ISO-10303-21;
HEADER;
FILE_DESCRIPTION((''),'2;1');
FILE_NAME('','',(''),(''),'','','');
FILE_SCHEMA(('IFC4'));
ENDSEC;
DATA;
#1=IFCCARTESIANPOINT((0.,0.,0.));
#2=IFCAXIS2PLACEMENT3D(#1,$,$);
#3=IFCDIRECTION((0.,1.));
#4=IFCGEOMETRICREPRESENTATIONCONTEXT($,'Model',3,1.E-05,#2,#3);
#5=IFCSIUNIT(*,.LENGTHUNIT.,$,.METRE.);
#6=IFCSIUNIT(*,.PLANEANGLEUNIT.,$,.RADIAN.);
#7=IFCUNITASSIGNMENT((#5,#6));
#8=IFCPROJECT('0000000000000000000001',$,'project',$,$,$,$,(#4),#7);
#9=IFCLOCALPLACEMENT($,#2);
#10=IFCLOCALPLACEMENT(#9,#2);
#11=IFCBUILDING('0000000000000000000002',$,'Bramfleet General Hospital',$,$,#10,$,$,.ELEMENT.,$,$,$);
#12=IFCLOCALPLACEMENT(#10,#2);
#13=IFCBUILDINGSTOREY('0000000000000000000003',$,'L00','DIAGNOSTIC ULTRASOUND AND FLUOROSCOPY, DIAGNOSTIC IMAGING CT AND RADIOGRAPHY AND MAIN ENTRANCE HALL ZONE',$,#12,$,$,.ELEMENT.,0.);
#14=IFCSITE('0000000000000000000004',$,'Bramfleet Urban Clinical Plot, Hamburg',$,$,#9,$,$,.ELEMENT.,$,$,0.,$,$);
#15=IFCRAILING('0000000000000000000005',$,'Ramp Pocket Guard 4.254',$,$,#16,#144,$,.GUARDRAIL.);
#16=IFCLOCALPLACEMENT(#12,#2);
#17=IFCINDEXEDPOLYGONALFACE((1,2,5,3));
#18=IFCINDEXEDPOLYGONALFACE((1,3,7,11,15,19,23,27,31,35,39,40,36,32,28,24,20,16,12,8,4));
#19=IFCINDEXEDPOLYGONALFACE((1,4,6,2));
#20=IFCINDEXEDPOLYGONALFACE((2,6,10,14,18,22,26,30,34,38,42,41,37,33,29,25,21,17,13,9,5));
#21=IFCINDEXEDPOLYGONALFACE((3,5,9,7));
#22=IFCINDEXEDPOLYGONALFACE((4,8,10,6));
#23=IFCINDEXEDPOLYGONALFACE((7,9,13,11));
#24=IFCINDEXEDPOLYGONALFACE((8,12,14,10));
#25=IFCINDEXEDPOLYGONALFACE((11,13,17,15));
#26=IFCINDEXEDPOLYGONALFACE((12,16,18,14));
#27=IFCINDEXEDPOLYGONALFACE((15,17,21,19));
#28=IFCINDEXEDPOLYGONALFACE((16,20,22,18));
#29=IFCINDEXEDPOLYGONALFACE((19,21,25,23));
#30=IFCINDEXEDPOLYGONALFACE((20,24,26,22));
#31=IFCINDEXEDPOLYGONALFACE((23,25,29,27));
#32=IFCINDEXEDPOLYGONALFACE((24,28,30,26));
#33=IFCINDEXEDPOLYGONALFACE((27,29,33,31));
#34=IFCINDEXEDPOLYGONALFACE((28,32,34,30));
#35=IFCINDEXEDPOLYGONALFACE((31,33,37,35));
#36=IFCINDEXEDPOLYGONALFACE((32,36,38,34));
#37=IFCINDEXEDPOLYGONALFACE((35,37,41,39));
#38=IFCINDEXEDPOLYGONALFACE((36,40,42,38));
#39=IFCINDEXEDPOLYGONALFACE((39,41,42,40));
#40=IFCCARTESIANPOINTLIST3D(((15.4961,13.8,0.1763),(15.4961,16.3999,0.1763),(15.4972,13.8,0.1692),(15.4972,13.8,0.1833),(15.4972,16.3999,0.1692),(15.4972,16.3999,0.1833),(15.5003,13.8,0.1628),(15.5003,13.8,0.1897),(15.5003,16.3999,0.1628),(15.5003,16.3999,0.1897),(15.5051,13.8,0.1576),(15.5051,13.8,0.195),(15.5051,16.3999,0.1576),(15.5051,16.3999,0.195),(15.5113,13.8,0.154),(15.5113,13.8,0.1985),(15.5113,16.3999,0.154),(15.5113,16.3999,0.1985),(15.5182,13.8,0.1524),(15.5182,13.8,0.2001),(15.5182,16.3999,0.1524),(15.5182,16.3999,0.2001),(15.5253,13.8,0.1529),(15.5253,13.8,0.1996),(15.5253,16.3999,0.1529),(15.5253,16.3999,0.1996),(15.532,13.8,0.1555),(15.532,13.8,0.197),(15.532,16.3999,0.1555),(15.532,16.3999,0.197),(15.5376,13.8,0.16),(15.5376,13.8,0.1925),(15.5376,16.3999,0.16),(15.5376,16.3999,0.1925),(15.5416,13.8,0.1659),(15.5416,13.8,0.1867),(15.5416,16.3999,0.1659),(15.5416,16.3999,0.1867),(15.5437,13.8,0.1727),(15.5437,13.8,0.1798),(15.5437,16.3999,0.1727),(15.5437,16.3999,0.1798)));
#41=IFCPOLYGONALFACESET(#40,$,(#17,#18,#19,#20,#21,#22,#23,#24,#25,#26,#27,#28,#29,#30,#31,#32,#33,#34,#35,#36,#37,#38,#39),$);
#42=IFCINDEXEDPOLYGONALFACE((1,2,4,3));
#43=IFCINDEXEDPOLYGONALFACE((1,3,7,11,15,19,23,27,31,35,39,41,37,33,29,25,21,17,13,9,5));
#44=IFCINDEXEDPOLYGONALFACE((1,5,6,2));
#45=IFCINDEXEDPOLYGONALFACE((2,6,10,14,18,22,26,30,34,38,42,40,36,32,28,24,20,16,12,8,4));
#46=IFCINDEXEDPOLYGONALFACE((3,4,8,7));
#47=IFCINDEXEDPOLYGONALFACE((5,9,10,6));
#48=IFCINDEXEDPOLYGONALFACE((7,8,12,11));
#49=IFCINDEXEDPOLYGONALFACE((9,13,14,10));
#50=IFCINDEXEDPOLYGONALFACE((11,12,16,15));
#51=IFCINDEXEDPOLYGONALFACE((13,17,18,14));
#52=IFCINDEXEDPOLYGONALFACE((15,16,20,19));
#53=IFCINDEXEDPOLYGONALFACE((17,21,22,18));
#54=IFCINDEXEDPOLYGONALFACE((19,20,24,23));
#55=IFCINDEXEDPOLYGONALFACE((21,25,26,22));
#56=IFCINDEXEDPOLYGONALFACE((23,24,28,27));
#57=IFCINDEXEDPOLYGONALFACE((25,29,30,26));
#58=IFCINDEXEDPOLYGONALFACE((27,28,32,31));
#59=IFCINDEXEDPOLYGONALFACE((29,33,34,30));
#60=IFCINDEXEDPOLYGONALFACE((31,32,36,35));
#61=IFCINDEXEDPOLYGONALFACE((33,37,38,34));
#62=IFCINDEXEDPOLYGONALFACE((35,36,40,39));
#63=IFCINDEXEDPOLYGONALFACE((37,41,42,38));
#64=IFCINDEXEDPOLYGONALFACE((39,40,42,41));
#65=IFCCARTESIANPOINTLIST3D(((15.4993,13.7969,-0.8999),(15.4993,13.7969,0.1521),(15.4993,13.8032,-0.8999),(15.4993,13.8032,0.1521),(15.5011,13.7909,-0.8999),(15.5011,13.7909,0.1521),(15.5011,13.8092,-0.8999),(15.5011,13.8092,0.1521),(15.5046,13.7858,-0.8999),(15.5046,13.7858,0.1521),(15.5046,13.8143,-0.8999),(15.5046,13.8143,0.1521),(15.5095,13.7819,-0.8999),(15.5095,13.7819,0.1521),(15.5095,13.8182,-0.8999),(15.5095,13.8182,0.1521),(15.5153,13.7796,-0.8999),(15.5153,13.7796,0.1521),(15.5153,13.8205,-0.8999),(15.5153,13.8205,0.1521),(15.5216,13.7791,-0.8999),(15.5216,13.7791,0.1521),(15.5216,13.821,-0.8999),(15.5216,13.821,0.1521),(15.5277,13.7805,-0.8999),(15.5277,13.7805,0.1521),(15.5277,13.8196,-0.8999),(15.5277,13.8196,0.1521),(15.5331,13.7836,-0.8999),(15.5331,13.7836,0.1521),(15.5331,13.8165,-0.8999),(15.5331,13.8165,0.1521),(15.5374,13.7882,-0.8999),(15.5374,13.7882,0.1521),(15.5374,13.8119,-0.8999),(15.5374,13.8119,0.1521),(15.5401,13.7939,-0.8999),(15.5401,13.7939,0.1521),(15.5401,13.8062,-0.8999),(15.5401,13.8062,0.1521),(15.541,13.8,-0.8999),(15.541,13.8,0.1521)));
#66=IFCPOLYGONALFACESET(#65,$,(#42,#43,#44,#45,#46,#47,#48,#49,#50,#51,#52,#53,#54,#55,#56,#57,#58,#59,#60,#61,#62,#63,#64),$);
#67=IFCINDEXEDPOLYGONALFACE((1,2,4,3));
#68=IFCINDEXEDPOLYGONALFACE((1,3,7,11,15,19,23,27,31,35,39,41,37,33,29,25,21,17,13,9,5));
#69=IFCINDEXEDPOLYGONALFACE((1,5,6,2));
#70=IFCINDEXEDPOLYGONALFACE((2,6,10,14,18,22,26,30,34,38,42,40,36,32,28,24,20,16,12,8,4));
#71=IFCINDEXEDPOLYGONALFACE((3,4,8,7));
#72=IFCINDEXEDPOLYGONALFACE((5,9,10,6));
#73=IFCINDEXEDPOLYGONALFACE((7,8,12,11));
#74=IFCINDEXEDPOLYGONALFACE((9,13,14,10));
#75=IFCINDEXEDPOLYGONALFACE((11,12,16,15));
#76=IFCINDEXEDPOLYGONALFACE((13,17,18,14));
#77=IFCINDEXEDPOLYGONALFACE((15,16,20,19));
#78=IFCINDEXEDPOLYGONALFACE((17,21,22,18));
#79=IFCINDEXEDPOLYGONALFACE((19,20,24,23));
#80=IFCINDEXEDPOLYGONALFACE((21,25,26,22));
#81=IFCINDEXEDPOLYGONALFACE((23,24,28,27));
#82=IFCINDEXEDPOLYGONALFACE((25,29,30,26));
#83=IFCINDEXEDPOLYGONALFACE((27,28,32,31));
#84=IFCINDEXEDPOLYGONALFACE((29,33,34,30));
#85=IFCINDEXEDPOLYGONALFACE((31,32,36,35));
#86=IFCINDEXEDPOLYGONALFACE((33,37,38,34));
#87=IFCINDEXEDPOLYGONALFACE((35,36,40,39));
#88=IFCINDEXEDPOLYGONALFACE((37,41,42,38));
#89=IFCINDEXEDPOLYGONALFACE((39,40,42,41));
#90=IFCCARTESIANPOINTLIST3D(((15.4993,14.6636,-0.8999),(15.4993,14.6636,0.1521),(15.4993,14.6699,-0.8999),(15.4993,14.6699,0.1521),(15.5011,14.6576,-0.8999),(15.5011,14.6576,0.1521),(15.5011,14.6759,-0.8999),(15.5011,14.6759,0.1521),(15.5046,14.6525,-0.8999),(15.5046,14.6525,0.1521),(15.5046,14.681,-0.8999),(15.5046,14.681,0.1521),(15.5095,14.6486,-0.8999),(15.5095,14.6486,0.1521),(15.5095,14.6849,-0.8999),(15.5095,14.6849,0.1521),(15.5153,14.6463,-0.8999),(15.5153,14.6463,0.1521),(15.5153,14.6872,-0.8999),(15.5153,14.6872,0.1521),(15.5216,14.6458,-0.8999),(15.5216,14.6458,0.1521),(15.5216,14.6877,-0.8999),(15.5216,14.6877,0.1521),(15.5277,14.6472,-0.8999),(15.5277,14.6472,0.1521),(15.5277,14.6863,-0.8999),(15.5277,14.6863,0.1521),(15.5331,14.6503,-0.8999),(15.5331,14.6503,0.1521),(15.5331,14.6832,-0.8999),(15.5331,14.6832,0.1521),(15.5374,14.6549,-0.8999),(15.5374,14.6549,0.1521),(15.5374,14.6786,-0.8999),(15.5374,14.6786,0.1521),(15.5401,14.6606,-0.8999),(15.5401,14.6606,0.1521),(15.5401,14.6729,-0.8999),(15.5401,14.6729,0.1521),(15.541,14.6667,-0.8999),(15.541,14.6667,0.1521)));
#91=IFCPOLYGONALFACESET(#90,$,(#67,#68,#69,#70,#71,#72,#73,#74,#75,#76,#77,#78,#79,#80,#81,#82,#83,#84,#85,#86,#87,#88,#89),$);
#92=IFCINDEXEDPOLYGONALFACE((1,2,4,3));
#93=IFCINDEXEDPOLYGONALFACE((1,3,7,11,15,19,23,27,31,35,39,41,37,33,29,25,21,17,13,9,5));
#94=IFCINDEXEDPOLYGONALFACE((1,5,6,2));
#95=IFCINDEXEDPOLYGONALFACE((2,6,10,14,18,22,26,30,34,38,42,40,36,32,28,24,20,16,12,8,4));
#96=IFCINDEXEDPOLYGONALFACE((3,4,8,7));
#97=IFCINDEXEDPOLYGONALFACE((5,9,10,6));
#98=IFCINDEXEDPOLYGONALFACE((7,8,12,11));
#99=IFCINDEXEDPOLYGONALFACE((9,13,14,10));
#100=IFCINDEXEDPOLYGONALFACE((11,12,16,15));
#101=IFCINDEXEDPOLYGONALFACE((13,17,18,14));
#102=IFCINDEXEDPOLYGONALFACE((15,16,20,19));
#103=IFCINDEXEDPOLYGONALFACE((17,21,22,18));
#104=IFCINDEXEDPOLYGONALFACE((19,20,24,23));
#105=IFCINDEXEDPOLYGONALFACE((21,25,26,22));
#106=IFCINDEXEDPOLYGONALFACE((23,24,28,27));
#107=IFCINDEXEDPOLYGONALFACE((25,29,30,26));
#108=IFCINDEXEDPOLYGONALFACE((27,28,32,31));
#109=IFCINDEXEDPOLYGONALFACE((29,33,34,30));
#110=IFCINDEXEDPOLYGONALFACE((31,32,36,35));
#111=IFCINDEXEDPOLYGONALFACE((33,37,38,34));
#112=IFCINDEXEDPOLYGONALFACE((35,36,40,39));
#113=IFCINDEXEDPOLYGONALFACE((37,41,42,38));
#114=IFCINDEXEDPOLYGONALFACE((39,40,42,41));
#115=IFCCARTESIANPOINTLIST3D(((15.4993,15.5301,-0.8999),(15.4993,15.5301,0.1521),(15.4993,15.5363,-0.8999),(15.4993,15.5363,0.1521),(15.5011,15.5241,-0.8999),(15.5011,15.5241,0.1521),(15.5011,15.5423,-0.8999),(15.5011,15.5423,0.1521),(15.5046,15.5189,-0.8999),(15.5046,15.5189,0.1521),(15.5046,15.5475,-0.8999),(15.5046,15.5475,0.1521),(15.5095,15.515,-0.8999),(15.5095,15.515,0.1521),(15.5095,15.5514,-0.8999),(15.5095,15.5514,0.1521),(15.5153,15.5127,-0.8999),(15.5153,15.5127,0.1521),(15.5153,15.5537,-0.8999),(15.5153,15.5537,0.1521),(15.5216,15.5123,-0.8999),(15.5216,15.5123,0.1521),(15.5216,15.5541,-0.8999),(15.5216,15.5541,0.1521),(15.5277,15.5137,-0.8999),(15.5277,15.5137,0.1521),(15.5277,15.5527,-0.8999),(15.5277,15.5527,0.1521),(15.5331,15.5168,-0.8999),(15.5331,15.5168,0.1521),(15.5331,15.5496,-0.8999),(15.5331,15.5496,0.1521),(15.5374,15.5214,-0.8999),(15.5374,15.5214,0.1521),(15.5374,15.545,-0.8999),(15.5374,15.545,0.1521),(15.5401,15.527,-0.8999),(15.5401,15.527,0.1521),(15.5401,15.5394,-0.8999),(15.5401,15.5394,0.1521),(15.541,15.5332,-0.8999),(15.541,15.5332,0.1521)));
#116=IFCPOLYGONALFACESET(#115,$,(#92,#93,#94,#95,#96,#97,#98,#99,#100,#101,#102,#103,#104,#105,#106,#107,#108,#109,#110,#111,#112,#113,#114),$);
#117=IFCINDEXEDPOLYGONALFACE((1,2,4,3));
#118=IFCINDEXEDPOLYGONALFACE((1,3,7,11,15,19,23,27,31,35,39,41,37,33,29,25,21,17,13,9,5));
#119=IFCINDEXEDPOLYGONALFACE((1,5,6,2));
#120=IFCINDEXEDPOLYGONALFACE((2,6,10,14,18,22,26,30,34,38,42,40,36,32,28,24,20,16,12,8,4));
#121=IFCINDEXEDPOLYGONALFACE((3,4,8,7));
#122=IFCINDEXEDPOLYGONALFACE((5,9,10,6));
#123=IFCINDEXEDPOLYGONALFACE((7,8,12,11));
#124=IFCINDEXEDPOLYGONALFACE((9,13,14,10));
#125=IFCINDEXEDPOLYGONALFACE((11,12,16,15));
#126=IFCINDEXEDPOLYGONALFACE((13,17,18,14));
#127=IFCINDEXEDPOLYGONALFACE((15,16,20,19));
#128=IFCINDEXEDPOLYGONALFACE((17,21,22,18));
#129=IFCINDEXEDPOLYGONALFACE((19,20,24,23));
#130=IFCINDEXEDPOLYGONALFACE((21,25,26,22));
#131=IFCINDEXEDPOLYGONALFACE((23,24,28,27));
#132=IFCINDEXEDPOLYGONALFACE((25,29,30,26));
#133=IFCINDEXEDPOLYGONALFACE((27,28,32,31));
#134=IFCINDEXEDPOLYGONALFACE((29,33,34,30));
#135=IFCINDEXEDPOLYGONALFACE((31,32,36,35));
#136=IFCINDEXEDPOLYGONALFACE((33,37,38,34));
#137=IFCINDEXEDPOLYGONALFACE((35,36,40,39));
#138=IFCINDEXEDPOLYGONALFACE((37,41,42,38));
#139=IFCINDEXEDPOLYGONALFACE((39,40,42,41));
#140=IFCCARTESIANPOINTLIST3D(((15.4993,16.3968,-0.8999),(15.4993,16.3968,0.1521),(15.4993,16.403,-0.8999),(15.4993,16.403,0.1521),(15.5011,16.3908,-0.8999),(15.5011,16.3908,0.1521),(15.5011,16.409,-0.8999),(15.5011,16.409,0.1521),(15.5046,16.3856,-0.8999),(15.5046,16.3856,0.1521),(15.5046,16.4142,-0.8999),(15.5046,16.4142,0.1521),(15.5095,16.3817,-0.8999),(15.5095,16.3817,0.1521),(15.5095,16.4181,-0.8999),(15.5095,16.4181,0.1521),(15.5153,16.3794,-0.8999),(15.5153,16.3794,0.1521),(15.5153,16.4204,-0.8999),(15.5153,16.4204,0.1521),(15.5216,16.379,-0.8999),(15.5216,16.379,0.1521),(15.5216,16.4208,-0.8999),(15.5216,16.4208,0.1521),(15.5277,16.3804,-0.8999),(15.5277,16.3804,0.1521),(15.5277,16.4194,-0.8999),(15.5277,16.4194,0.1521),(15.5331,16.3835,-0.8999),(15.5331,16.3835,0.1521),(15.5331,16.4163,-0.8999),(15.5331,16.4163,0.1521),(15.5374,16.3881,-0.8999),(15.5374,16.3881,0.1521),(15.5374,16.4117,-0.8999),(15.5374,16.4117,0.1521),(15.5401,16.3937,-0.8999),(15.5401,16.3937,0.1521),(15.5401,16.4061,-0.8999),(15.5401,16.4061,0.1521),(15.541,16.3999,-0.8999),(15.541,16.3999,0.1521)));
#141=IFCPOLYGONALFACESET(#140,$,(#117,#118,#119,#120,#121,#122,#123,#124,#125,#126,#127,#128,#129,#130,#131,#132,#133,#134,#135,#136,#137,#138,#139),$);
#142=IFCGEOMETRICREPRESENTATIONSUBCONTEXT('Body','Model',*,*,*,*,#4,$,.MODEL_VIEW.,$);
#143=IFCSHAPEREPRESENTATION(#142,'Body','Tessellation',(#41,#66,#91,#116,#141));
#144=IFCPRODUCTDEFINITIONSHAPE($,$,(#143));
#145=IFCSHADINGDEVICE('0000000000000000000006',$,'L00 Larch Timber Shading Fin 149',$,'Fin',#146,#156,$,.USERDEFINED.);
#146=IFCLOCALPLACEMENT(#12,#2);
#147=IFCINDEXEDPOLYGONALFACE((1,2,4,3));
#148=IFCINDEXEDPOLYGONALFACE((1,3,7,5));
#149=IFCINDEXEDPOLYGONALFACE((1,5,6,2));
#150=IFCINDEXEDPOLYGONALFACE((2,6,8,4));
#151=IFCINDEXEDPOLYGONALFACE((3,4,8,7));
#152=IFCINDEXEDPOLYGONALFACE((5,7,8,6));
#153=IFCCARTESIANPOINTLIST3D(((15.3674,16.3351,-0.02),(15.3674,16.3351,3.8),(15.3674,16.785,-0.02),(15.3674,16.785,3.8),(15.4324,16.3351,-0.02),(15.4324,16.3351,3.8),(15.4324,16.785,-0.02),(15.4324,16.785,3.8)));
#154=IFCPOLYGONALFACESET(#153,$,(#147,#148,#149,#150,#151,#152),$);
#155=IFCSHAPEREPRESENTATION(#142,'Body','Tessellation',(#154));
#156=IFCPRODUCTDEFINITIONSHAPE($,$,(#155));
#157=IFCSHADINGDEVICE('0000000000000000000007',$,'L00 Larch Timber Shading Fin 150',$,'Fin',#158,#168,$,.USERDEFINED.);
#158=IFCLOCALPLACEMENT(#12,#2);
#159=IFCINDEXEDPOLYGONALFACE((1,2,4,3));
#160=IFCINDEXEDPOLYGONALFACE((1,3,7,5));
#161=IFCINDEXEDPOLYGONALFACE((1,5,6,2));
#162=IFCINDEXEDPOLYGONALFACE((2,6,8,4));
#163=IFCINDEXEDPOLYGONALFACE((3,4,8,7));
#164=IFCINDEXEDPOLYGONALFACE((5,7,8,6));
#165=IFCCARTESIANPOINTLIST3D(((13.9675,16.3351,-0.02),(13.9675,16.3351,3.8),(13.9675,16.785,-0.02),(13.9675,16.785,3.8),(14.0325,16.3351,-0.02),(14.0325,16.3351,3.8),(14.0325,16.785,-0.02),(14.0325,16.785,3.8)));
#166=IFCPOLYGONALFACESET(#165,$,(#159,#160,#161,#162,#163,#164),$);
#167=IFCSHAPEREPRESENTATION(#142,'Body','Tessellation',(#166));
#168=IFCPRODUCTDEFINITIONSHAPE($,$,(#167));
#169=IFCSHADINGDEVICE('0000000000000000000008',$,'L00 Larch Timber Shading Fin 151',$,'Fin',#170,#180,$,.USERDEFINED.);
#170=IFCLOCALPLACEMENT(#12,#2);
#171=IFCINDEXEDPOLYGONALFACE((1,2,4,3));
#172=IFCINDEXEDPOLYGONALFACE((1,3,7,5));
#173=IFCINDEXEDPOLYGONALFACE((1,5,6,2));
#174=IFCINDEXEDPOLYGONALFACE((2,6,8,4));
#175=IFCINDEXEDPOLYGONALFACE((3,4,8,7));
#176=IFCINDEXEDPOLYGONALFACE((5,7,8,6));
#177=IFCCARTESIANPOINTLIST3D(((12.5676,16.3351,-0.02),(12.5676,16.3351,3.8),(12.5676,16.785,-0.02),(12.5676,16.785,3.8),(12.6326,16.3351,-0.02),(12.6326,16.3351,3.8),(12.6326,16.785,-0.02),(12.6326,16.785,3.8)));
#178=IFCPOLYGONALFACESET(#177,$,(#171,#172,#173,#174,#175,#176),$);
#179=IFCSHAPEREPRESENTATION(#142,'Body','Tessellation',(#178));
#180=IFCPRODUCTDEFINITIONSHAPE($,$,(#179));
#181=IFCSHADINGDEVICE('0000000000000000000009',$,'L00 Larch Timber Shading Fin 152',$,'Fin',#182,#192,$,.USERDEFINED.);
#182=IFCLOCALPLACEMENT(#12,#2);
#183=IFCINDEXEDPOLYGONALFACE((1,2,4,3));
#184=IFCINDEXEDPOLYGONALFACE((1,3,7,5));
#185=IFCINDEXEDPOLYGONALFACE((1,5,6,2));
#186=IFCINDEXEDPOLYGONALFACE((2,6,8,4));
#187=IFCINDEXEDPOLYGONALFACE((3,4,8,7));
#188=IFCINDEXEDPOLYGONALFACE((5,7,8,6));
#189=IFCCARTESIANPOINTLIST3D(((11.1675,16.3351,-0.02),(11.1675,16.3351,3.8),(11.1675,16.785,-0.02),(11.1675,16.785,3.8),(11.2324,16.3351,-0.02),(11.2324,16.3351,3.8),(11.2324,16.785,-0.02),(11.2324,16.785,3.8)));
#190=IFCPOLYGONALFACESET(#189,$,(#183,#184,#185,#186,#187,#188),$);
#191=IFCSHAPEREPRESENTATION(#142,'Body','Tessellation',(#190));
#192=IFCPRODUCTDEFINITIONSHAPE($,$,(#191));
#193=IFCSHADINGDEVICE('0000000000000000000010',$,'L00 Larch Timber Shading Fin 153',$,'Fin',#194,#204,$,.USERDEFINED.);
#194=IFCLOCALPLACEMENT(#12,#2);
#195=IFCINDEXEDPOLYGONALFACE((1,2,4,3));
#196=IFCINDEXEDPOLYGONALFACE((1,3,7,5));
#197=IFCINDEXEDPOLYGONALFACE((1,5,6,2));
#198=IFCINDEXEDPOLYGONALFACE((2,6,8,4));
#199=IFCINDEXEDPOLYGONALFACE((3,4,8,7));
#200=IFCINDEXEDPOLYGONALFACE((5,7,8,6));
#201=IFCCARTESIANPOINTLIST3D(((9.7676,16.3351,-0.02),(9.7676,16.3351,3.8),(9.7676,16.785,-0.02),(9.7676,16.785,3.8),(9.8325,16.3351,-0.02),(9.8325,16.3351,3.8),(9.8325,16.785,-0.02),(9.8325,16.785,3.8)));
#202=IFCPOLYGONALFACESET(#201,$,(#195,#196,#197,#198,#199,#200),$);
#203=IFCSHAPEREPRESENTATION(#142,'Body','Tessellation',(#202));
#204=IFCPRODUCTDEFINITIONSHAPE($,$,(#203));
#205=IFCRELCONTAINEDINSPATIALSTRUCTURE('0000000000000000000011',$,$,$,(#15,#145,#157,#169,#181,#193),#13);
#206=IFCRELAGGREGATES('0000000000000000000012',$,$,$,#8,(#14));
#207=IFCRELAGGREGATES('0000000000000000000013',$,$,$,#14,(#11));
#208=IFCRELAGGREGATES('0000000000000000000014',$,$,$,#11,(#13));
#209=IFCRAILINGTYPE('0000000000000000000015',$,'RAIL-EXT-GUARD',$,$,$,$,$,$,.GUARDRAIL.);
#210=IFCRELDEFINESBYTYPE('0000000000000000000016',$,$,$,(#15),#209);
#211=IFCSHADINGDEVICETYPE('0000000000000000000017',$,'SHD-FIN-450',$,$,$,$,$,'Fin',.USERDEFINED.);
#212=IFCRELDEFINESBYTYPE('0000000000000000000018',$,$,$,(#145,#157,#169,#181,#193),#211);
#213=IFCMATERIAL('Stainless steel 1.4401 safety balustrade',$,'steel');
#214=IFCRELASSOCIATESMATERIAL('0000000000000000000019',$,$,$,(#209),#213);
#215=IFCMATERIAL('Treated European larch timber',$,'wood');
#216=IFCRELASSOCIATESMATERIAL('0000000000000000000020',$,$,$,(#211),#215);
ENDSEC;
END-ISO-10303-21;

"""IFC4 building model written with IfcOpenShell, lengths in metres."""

from ifc_helpers import new_model, si_unit, direction, frame, origin, origin_2d, place, context, subcontext, project, spatial, rectangle, circle, extrude, material, material_profile, profile_set, type_object, element, save


model = new_model("IFC4")

# Units and contexts
model_context = context("Model", 3, precision=1e-05, world=origin(), true_north=direction((0.0, 1.0)))
body_context = subcontext(model_context, "Body", "Model", "MODEL_VIEW")
ifc_project = project(units=[si_unit("LENGTHUNIT", "METRE"), si_unit("PLANEANGLEUNIT", "RADIAN")], contexts=[model_context])

# Site, building, storey
site_placement = place(None, origin())
site = spatial("IfcSite", under=ifc_project, at=site_placement, Name="Bramfleet Urban Clinical Plot, Hamburg", CompositionType="ELEMENT", RefElevation=0.0)
building_placement = place(site_placement, origin())
building = spatial("IfcBuilding", under=site, at=building_placement, Name="Bramfleet General Hospital", CompositionType="ELEMENT")
storey_placement = place(building_placement, origin())
storey = spatial("IfcBuildingStorey", under=building, at=storey_placement, Name="L00", Description="DIAGNOSTIC ULTRASOUND AND FLUOROSCOPY, DIAGNOSTIC IMAGING CT AND RADIOGRAPHY AND MAIN ENTRANCE HALL ZONE", CompositionType="ELEMENT", Elevation=0.0)

# Railing
ifc_material_1 = material(Name="Stainless steel 1.4401 safety balustrade", Category="steel")
railing_type = type_object("IfcRailingType", Name="RAIL-EXT-GUARD", PredefinedType="GUARDRAIL", material=ifc_material_1)
railing_1_placement = place(storey_placement, frame((15.52, 13.8, -0.8999)))
element("IfcRailing", 1, at=railing_1_placement, inside=storey, type_object=railing_type, Name="Ramp Pocket Guard 4.254", PredefinedType="GUARDRAIL", context=body_context, shape_type="SweptSolid", body=[
    extrude(circle(Radius=0.0239, at=origin_2d()), frame((0.0, 0.0, 1.0762), z_axis=(0.0, 1.0, 0.0), x_axis=(-1.0, 0.0, 0.0)), (0.0, 0.0, 1.0), 2.5999),
    extrude(circle(Radius=0.021, at=origin_2d()), origin(), (0.0, 0.0, 1.0), 1.052),
    extrude(circle(Radius=0.021, at=origin_2d()), frame((0.0, 0.8667, 0.0)), (0.0, 0.0, 1.0), 1.052),
    extrude(circle(Radius=0.021, at=origin_2d()), frame((0.0, 1.7332, 0.0)), (0.0, 0.0, 1.0), 1.052),
    extrude(circle(Radius=0.021, at=origin_2d()), frame((0.0, 2.5999, 0.0)), (0.0, 0.0, 1.0), 1.052),
])

# Shading devices
ifc_material_2 = material(Name="Treated European larch timber", Category="wood")
ifc_material_profile_1 = material_profile(ifc_material_2, rectangle(XDim=0.0649, YDim=0.45, at=origin_2d()), Name="LARCH FIN 450x65")
ifc_profile_set_1 = profile_set([ifc_material_profile_1], Name="Treated European larch timber")
shading_device_type = type_object("IfcShadingDeviceType", Name="SHD-FIN-450", ElementType="Fin", PredefinedType="USERDEFINED", material=ifc_profile_set_1)
for number, where, z_axis, x_axis, name in (
    (2, (15.3999, 16.5601, -0.02), (0.0, 0.0, 1.0), (-1.0, 0.0, 0.0), "L00 Larch Timber Shading Fin 149"),
    (3, (14.0, 16.5601, -0.02), (0.0, 0.0, 1.0), (-1.0, 0.0, 0.0), "L00 Larch Timber Shading Fin 150"),
    (4, (12.6001, 16.5601, -0.02), (0.0, 0.0, 1.0), (-1.0, 0.0, 0.0), "L00 Larch Timber Shading Fin 151"),
    (5, (11.2, 16.5601, -0.02), (0.0, 0.0, 1.0), (-1.0, 0.0, 0.0), "L00 Larch Timber Shading Fin 152"),
    (6, (9.8, 16.5601, -0.02), (0.0, 0.0, 1.0), (-1.0, 0.0, 0.0), "L00 Larch Timber Shading Fin 153"),
):
    element("IfcShadingDevice", number, at=place(storey_placement, frame(where, z_axis=z_axis, x_axis=x_axis)), inside=storey, type_object=shading_device_type, Name=name, ObjectType="Fin", PredefinedType="USERDEFINED", context=body_context, shape_type="SweptSolid", body=[
        extrude(rectangle(XDim=0.0649, YDim=0.45, at=origin_2d()), origin(), (0.0, 0.0, 1.0), 3.8201),
    ])

save(model, "model.ifc")
